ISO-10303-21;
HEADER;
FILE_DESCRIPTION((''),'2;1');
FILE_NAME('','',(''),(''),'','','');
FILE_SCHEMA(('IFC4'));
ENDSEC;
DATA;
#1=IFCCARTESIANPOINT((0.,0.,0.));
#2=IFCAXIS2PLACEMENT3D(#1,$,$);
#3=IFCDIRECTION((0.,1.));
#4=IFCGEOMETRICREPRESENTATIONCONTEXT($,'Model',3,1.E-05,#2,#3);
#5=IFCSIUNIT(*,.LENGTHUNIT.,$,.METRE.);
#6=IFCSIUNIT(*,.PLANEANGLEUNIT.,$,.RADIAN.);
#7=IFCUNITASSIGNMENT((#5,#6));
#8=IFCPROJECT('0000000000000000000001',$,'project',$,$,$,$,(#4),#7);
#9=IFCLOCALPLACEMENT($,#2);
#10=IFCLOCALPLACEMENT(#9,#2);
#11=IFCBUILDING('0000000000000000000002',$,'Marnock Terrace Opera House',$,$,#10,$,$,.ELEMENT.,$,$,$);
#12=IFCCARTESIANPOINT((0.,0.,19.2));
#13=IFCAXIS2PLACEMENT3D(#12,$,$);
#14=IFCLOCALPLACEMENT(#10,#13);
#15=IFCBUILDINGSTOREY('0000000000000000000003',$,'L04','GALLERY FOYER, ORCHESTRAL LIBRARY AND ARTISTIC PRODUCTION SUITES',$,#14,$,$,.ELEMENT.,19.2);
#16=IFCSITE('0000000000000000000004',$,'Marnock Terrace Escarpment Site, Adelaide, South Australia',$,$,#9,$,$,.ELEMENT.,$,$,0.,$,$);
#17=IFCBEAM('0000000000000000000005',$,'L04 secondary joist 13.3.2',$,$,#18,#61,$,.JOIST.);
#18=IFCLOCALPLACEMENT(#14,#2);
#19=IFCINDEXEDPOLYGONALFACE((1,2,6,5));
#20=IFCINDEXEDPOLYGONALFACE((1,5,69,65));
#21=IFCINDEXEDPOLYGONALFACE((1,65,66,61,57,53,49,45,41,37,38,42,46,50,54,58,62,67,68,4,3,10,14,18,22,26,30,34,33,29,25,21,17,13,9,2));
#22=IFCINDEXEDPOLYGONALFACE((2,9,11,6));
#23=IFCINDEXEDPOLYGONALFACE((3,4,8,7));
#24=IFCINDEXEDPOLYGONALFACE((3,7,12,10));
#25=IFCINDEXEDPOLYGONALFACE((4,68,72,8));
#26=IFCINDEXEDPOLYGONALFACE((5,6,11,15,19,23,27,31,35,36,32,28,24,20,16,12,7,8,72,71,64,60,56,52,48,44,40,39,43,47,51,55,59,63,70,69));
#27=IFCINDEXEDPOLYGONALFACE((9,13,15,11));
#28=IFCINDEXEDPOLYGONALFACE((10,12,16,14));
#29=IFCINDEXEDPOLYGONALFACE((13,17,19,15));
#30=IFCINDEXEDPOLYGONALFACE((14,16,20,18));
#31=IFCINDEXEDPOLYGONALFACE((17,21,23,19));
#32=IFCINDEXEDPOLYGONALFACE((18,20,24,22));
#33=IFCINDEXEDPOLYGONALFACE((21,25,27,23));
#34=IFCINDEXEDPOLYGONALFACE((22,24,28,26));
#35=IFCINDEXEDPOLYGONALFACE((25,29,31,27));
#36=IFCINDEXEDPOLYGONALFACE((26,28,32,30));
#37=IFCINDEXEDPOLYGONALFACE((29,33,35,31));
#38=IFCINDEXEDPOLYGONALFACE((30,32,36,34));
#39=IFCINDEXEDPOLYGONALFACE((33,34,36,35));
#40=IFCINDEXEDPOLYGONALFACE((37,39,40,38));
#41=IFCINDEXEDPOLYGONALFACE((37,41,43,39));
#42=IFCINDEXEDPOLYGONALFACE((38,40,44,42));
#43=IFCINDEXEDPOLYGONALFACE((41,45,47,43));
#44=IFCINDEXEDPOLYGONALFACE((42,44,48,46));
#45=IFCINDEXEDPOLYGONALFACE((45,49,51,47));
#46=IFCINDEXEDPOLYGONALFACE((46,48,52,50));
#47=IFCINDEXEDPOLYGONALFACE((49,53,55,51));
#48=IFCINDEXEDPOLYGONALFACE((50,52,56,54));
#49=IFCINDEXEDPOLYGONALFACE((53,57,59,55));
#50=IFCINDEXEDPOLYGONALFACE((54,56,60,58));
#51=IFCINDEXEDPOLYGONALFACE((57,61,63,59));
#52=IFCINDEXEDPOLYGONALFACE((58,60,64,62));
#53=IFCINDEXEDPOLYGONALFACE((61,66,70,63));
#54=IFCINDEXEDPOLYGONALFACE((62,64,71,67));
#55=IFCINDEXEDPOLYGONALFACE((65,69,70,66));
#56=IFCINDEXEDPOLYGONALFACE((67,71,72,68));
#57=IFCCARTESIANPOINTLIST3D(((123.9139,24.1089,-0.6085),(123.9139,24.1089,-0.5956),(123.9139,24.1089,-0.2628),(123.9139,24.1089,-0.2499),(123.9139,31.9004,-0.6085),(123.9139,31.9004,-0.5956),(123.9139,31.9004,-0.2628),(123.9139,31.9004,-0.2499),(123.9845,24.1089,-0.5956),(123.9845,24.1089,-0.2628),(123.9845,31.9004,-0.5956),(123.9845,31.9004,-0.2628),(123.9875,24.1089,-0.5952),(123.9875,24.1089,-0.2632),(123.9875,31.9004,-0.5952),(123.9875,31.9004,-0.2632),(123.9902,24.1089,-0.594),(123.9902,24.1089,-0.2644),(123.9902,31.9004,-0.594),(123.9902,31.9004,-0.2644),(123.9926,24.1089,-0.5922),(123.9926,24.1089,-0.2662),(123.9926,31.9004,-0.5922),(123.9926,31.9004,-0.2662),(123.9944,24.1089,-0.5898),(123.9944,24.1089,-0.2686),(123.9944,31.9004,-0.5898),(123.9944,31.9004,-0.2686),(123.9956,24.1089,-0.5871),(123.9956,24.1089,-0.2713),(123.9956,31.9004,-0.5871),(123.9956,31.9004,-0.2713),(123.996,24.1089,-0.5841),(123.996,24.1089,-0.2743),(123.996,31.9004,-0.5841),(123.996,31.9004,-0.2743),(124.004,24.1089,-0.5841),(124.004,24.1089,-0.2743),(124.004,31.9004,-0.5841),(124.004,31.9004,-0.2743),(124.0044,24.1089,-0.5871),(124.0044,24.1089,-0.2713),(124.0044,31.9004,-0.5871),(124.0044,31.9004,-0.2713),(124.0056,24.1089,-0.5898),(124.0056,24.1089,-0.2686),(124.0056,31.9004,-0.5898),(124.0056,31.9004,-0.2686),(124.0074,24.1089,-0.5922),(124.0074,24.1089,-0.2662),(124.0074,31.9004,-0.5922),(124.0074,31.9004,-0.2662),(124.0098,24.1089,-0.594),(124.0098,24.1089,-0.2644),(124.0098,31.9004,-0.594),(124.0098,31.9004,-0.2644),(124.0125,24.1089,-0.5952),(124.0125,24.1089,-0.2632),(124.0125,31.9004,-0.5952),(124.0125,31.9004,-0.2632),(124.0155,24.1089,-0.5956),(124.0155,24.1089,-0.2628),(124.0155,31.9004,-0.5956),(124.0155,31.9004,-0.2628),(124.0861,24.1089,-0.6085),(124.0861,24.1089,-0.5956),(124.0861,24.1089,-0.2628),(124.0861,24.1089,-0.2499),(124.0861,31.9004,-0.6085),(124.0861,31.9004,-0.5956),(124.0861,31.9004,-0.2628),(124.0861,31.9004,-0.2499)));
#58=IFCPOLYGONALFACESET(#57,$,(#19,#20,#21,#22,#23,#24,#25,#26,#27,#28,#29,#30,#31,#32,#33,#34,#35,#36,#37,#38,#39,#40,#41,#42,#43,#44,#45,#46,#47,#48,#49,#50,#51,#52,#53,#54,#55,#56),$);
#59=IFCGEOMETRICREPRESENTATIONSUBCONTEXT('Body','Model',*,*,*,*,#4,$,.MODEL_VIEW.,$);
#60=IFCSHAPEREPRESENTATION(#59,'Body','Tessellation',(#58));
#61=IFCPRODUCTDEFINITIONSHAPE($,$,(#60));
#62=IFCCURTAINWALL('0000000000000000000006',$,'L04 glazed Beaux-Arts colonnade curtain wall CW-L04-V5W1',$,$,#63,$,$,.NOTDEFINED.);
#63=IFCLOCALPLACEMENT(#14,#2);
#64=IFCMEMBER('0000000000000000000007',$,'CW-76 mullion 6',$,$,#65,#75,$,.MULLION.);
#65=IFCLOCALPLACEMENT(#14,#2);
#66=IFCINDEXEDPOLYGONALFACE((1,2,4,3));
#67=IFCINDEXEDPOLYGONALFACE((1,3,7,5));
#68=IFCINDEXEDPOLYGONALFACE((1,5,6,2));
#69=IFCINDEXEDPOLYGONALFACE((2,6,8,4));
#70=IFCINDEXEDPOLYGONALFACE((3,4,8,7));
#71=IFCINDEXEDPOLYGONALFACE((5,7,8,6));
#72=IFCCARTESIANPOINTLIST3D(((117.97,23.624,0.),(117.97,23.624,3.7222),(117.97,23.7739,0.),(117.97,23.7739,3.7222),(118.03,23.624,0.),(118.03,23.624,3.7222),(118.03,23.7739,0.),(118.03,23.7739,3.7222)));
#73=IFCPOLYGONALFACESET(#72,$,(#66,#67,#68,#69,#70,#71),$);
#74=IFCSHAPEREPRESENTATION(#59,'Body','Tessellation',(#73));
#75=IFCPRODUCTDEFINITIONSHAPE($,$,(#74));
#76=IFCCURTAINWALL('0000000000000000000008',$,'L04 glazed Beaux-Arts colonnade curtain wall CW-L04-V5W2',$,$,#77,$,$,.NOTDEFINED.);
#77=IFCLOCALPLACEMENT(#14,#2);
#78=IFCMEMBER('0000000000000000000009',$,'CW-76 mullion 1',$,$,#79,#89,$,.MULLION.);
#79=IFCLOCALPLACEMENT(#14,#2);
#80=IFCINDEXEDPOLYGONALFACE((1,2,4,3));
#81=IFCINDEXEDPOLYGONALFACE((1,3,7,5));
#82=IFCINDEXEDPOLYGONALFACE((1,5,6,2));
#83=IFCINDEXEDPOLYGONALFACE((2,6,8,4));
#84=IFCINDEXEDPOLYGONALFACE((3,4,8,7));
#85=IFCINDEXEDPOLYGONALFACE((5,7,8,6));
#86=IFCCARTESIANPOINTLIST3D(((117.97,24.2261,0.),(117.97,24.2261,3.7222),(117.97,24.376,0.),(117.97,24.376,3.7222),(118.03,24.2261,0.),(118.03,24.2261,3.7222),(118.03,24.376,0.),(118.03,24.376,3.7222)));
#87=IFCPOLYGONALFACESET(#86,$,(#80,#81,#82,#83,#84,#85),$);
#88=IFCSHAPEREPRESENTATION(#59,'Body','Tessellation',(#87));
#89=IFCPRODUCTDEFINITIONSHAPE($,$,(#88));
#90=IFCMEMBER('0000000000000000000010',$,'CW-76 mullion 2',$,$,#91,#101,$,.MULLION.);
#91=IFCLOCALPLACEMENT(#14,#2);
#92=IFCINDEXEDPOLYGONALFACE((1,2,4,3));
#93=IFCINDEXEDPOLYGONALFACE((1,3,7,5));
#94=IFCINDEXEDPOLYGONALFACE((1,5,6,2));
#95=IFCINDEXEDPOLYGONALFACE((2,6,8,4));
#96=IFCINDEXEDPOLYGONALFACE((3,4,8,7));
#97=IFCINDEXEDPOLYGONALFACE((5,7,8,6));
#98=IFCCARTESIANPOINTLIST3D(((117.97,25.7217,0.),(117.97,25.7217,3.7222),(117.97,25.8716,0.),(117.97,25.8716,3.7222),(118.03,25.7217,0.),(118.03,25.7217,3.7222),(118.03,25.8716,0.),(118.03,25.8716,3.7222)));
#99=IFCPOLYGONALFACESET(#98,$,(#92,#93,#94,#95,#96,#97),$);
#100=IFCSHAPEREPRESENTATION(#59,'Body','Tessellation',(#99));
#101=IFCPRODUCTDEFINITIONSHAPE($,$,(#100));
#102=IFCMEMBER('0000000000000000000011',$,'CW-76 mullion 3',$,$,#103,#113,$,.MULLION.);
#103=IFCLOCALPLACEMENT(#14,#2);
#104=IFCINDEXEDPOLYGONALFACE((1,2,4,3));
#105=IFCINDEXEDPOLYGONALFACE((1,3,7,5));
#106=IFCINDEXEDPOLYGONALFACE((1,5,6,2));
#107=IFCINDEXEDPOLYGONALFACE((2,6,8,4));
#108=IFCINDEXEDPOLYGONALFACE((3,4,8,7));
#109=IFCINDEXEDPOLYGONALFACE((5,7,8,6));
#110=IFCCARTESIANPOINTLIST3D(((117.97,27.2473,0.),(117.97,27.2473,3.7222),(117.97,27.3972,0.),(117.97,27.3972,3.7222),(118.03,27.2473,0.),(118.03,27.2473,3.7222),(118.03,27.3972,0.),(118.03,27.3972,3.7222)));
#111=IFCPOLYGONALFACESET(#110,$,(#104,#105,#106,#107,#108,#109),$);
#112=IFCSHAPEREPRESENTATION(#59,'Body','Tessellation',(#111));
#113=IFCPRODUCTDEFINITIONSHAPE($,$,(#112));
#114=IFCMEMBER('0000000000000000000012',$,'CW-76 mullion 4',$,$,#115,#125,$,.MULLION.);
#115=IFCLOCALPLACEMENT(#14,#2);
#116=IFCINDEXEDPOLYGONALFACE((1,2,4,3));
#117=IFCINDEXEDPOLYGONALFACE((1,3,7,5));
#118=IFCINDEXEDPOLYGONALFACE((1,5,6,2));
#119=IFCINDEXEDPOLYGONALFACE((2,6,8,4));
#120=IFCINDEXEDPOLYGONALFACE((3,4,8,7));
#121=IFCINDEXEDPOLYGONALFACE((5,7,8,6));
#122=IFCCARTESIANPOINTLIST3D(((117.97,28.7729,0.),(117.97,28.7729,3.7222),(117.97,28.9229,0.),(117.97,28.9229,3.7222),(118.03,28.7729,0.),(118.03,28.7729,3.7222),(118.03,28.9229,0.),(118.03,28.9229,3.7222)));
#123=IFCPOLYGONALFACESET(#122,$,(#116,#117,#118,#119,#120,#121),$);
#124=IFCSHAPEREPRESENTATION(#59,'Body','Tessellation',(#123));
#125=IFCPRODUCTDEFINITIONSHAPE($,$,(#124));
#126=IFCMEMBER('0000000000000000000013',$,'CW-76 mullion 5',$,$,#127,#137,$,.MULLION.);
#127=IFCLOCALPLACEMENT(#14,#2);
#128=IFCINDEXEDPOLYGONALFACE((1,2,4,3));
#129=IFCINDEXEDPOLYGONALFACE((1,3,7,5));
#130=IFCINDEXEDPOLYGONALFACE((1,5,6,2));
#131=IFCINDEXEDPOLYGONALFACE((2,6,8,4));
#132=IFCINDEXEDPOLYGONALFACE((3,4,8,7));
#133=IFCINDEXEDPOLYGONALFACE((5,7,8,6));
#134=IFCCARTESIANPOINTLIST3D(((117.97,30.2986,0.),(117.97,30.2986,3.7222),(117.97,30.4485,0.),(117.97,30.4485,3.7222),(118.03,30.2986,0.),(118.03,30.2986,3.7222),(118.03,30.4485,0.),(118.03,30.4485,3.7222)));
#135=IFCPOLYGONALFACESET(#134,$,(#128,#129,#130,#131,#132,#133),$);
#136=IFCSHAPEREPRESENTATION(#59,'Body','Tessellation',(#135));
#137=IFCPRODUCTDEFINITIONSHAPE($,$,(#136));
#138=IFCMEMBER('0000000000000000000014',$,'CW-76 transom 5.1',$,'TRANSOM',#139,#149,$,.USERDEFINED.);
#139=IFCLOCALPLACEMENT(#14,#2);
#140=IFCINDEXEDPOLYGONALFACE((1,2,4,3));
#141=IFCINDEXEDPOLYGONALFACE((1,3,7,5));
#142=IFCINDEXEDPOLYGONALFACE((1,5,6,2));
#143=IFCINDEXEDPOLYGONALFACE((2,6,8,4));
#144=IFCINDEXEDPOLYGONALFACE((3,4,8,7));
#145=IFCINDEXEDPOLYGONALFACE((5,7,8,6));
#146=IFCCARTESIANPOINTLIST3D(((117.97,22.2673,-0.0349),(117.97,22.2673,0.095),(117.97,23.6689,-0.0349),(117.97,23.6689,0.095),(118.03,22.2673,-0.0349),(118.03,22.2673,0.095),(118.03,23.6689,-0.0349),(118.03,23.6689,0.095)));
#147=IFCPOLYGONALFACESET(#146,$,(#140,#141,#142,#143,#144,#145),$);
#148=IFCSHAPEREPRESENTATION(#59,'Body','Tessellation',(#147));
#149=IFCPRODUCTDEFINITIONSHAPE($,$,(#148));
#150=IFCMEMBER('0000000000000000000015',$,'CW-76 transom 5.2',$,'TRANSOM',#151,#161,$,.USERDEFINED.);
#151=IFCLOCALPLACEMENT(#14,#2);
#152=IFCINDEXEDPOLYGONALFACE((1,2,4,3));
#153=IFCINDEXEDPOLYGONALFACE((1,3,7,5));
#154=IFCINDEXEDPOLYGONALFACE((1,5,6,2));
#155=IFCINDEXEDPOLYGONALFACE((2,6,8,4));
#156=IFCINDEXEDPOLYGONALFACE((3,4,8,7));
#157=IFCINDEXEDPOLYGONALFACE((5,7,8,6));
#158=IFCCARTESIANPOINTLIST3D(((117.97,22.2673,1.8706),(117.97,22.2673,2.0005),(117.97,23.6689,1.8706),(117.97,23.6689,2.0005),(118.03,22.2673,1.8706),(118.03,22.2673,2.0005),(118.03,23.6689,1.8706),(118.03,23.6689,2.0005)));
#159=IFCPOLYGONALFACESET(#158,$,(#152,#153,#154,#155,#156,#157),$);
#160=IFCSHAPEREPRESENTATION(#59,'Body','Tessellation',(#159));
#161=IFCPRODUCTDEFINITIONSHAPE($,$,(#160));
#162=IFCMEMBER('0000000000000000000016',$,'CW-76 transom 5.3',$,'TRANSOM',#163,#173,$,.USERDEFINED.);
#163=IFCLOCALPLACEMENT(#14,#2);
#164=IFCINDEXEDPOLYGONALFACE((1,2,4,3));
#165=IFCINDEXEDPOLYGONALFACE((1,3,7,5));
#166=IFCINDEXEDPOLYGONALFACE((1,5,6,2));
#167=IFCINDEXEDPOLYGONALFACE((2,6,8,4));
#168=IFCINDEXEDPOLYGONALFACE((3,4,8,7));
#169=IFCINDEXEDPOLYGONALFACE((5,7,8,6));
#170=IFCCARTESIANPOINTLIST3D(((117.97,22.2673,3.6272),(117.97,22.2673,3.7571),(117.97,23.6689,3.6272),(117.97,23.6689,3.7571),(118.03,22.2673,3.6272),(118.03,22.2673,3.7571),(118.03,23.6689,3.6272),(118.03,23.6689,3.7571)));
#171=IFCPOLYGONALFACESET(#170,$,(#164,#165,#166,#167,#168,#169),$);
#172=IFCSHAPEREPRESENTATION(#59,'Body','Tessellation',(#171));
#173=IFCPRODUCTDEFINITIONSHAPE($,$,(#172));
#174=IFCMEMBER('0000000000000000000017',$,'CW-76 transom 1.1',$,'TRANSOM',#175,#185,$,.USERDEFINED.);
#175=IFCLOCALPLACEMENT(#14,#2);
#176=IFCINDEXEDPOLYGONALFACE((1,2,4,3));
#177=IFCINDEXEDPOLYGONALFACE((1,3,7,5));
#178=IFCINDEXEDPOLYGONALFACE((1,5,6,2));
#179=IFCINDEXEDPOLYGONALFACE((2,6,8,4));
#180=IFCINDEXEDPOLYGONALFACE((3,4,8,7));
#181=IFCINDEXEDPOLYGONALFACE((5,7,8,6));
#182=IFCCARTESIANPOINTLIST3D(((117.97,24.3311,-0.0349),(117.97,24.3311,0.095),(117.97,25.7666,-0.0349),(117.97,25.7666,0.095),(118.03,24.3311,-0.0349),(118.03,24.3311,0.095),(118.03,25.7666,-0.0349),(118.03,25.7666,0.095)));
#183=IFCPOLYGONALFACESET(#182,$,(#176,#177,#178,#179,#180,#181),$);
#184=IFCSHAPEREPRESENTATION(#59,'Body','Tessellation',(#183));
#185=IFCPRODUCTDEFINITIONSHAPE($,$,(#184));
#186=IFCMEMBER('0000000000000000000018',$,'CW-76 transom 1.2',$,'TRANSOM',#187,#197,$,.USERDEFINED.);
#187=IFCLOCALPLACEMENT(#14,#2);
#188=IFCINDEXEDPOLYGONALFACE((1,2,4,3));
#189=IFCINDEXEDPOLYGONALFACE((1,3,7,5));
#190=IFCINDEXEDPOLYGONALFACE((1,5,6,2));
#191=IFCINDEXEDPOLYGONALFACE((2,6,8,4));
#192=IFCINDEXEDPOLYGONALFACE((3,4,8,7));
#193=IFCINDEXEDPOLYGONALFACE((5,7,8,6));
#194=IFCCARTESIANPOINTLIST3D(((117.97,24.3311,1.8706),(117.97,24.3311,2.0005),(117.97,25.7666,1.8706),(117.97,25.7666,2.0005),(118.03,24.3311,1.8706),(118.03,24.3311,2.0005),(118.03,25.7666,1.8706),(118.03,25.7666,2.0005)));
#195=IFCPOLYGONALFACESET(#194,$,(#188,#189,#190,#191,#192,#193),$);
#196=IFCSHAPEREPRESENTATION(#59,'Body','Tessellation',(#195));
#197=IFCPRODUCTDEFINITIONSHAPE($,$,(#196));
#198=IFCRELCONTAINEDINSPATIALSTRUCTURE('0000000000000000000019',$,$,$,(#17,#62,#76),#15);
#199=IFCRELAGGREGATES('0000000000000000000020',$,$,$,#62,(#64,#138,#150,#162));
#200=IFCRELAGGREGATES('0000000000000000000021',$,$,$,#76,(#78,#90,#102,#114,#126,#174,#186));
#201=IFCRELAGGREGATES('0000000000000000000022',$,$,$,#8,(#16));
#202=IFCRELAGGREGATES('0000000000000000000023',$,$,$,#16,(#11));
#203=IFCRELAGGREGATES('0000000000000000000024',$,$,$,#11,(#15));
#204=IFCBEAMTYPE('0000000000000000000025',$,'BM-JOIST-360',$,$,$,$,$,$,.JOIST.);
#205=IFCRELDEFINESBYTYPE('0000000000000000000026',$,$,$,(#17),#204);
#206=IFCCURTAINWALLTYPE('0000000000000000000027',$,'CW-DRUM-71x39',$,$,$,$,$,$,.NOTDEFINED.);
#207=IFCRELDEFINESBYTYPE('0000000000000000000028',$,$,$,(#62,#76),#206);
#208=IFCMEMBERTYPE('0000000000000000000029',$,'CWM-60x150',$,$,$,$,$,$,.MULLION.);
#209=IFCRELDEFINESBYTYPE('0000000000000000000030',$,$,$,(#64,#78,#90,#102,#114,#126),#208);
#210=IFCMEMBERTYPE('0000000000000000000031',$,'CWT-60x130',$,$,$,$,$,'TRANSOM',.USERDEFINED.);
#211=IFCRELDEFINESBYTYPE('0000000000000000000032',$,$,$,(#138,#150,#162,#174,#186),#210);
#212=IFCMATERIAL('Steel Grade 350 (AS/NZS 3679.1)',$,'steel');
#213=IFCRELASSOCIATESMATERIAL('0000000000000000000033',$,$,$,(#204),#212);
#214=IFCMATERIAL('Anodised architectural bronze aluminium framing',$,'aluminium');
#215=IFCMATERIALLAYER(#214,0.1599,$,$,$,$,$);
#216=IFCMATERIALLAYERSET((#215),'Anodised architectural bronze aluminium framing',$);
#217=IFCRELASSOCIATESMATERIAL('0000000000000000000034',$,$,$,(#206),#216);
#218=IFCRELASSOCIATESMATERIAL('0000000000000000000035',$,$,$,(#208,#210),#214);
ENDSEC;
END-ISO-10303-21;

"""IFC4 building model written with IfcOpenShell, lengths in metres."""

from ifc_helpers import new_model, si_unit, direction, frame, origin, origin_2d, place, context, subcontext, project, spatial, rectangle, i_section, extrude, material, layer, layer_set, material_profile, profile_set, type_object, element, aggregate, save


model = new_model("IFC4")

# Units and contexts
model_context = context("Model", 3, precision=1e-05, world=origin(), true_north=direction((0.0, 1.0)))
body_context = subcontext(model_context, "Body", "Model", "MODEL_VIEW")
ifc_project = project(units=[si_unit("LENGTHUNIT", "METRE"), si_unit("PLANEANGLEUNIT", "RADIAN")], contexts=[model_context])

# Site, building, storey
site_placement = place(None, origin())
site = spatial("IfcSite", under=ifc_project, at=site_placement, Name="Marnock Terrace Escarpment Site, Adelaide, South Australia", CompositionType="ELEMENT", RefElevation=0.0)
building_placement = place(site_placement, origin())
building = spatial("IfcBuilding", under=site, at=building_placement, Name="Marnock Terrace Opera House", CompositionType="ELEMENT")
storey_placement = place(building_placement, frame((0.0, 0.0, 19.2)))
storey = spatial("IfcBuildingStorey", under=building, at=storey_placement, Name="L04", Description="GALLERY FOYER, ORCHESTRAL LIBRARY AND ARTISTIC PRODUCTION SUITES", CompositionType="ELEMENT", Elevation=19.2)

# Beam
ifc_material_1 = material(Name="Steel Grade 350 (AS/NZS 3679.1)", Category="steel")
ifc_material_profile_1 = material_profile(ifc_material_1, i_section(OverallWidth=0.1721, OverallDepth=0.3586, WebThickness=0.0081, FlangeThickness=0.0129, FilletRadius=0.0115, at=origin_2d()))
ifc_profile_set_1 = profile_set([ifc_material_profile_1], Name="Steel Grade 350 (AS/NZS 3679.1)")
beam_type_1 = type_object("IfcBeamType", Name="BM-JOIST-360", PredefinedType="JOIST", material=ifc_profile_set_1)
for number, where, z_axis, x_axis, name in (
    (1, (124.0, 24.1089, -0.4292), (0.0, 1.0, 0.0), (-1.0, 0.0, 0.0), "L04 secondary joist 13.3.2"),
):
    element("IfcBeam", number, at=place(storey_placement, frame(where, z_axis=z_axis, x_axis=x_axis)), inside=storey, type_object=beam_type_1, Name=name, PredefinedType="JOIST", context=body_context, shape_type="SweptSolid", body=[
        extrude(i_section(OverallWidth=0.1721, OverallDepth=0.3586, WebThickness=0.0081, FlangeThickness=0.0129, FilletRadius=0.0115, at=origin_2d()), origin(), (0.0, 0.0, 1.0), 7.7915),
    ])

# Curtain wall, member
ifc_material_2 = material(Name="Anodised architectural bronze aluminium framing", Category="aluminium")
ifc_layer_1 = layer(ifc_material_2, 0.1599)
ifc_layer_set_1 = layer_set([ifc_layer_1], Name="Anodised architectural bronze aluminium framing")
curtain_wall_type = type_object("IfcCurtainWallType", Name="CW-DRUM-71x39", PredefinedType="NOTDEFINED", material=ifc_layer_set_1)
curtain_wall_1_placement = place(storey_placement, origin())
curtain_wall_1 = element("IfcCurtainWall", 2, at=curtain_wall_1_placement, inside=storey, type_object=curtain_wall_type, Name="L04 glazed Beaux-Arts colonnade curtain wall CW-L04-V5W1", PredefinedType="NOTDEFINED")
ifc_material_profile_2 = material_profile(ifc_material_2, rectangle(XDim=0.0601, YDim=0.1499, at=origin_2d()))
ifc_profile_set_2 = profile_set([ifc_material_profile_2], Name="Anodised architectural bronze aluminium framing")
member_type_1 = type_object("IfcMemberType", Name="CWM-60x150", PredefinedType="MULLION", material=ifc_profile_set_2)
member_1_placement = place(storey_placement, frame((118.0, 23.699, 0.0), z_axis=(0.0, 0.0, 1.0), x_axis=(-1.0, 0.0, 0.0)))
member_1 = element("IfcMember", 3, at=member_1_placement, type_object=member_type_1, Name="CW-76 mullion 6", PredefinedType="MULLION", context=body_context, shape_type="SweptSolid", body=[
    extrude(rectangle(XDim=0.0601, YDim=0.1499, at=origin_2d()), origin(), (0.0, 0.0, 1.0), 3.7222),
])

# Curtain wall, members
curtain_wall_2_placement = place(storey_placement, origin())
curtain_wall_2 = element("IfcCurtainWall", 4, at=curtain_wall_2_placement, inside=storey, type_object=curtain_wall_type, Name="L04 glazed Beaux-Arts colonnade curtain wall CW-L04-V5W2", PredefinedType="NOTDEFINED")
member_2_placement = place(storey_placement, frame((118.0, 24.301, 0.0), z_axis=(0.0, 0.0, 1.0), x_axis=(-1.0, 0.0, 0.0)))
member_2 = element("IfcMember", 5, at=member_2_placement, type_object=member_type_1, Name="CW-76 mullion 1", PredefinedType="MULLION", context=body_context, shape_type="SweptSolid", body=[
    extrude(rectangle(XDim=0.0601, YDim=0.1499, at=origin_2d()), origin(), (0.0, 0.0, 1.0), 3.7222),
])
member_3_placement = place(storey_placement, frame((118.0, 25.7966, 0.0), z_axis=(0.0, 0.0, 1.0), x_axis=(-1.0, 0.0, 0.0)))
member_3 = element("IfcMember", 6, at=member_3_placement, type_object=member_type_1, Name="CW-76 mullion 2", PredefinedType="MULLION", context=body_context, shape_type="SweptSolid", body=[
    extrude(rectangle(XDim=0.0601, YDim=0.1499, at=origin_2d()), origin(), (0.0, 0.0, 1.0), 3.7222),
])
member_4_placement = place(storey_placement, frame((118.0, 27.3223, 0.0), z_axis=(0.0, 0.0, 1.0), x_axis=(-1.0, 0.0, 0.0)))
member_4 = element("IfcMember", 7, at=member_4_placement, type_object=member_type_1, Name="CW-76 mullion 3", PredefinedType="MULLION", context=body_context, shape_type="SweptSolid", body=[
    extrude(rectangle(XDim=0.0601, YDim=0.1499, at=origin_2d()), origin(), (0.0, 0.0, 1.0), 3.7222),
])
member_5_placement = place(storey_placement, frame((118.0, 28.8479, 0.0), z_axis=(0.0, 0.0, 1.0), x_axis=(-1.0, 0.0, 0.0)))
member_5 = element("IfcMember", 8, at=member_5_placement, type_object=member_type_1, Name="CW-76 mullion 4", PredefinedType="MULLION", context=body_context, shape_type="SweptSolid", body=[
    extrude(rectangle(XDim=0.0601, YDim=0.1499, at=origin_2d()), origin(), (0.0, 0.0, 1.0), 3.7222),
])
member_6_placement = place(storey_placement, frame((118.0, 30.3735, 0.0), z_axis=(0.0, 0.0, 1.0), x_axis=(-1.0, 0.0, 0.0)))
member_6 = element("IfcMember", 9, at=member_6_placement, type_object=member_type_1, Name="CW-76 mullion 5", PredefinedType="MULLION", context=body_context, shape_type="SweptSolid", body=[
    extrude(rectangle(XDim=0.0601, YDim=0.1499, at=origin_2d()), origin(), (0.0, 0.0, 1.0), 3.7222),
])

# Members
ifc_material_profile_3 = material_profile(ifc_material_2, rectangle(XDim=0.0601, YDim=0.1299, at=origin_2d()))
ifc_profile_set_3 = profile_set([ifc_material_profile_3], Name="Anodised architectural bronze aluminium framing")
member_type_2 = type_object("IfcMemberType", Name="CWT-60x130", ElementType="TRANSOM", PredefinedType="USERDEFINED", material=ifc_profile_set_3)
member_7_placement = place(storey_placement, frame((118.0, 22.2673, 0.03), z_axis=(0.0, 1.0, 0.0), x_axis=(-1.0, 0.0, 0.0)))
member_7 = element("IfcMember", 10, at=member_7_placement, type_object=member_type_2, Name="CW-76 transom 5.1", ObjectType="TRANSOM", PredefinedType="USERDEFINED", context=body_context, shape_type="SweptSolid", body=[
    extrude(rectangle(XDim=0.0601, YDim=0.1299, at=origin_2d()), origin(), (0.0, 0.0, 1.0), 1.4016),
])
member_8_placement = place(storey_placement, frame((118.0, 22.2673, 1.9355), z_axis=(0.0, 1.0, 0.0), x_axis=(-1.0, 0.0, 0.0)))
member_8 = element("IfcMember", 11, at=member_8_placement, type_object=member_type_2, Name="CW-76 transom 5.2", ObjectType="TRANSOM", PredefinedType="USERDEFINED", context=body_context, shape_type="SweptSolid", body=[
    extrude(rectangle(XDim=0.0601, YDim=0.1299, at=origin_2d()), origin(), (0.0, 0.0, 1.0), 1.4016),
])
member_9_placement = place(storey_placement, frame((118.0, 22.2673, 3.6921), z_axis=(0.0, 1.0, 0.0), x_axis=(-1.0, 0.0, 0.0)))
member_9 = element("IfcMember", 12, at=member_9_placement, type_object=member_type_2, Name="CW-76 transom 5.3", ObjectType="TRANSOM", PredefinedType="USERDEFINED", context=body_context, shape_type="SweptSolid", body=[
    extrude(rectangle(XDim=0.0601, YDim=0.1299, at=origin_2d()), origin(), (0.0, 0.0, 1.0), 1.4016),
])
member_10_placement = place(storey_placement, frame((118.0, 24.3311, 0.03), z_axis=(0.0, 1.0, 0.0), x_axis=(-1.0, 0.0, 0.0)))
member_10 = element("IfcMember", 13, at=member_10_placement, type_object=member_type_2, Name="CW-76 transom 1.1", ObjectType="TRANSOM", PredefinedType="USERDEFINED", context=body_context, shape_type="SweptSolid", body=[
    extrude(rectangle(XDim=0.0601, YDim=0.1299, at=origin_2d()), origin(), (0.0, 0.0, 1.0), 1.4355),
])
member_11_placement = place(storey_placement, frame((118.0, 24.3311, 1.9355), z_axis=(0.0, 1.0, 0.0), x_axis=(-1.0, 0.0, 0.0)))
member_11 = element("IfcMember", 14, at=member_11_placement, type_object=member_type_2, Name="CW-76 transom 1.2", ObjectType="TRANSOM", PredefinedType="USERDEFINED", context=body_context, shape_type="SweptSolid", body=[
    extrude(rectangle(XDim=0.0601, YDim=0.1299, at=origin_2d()), origin(), (0.0, 0.0, 1.0), 1.4355),
])

aggregate(curtain_wall_1, [member_1, member_7, member_8, member_9])
aggregate(curtain_wall_2, [member_2, member_3, member_4, member_5, member_6, member_10, member_11])

save(model, "model.ifc")
